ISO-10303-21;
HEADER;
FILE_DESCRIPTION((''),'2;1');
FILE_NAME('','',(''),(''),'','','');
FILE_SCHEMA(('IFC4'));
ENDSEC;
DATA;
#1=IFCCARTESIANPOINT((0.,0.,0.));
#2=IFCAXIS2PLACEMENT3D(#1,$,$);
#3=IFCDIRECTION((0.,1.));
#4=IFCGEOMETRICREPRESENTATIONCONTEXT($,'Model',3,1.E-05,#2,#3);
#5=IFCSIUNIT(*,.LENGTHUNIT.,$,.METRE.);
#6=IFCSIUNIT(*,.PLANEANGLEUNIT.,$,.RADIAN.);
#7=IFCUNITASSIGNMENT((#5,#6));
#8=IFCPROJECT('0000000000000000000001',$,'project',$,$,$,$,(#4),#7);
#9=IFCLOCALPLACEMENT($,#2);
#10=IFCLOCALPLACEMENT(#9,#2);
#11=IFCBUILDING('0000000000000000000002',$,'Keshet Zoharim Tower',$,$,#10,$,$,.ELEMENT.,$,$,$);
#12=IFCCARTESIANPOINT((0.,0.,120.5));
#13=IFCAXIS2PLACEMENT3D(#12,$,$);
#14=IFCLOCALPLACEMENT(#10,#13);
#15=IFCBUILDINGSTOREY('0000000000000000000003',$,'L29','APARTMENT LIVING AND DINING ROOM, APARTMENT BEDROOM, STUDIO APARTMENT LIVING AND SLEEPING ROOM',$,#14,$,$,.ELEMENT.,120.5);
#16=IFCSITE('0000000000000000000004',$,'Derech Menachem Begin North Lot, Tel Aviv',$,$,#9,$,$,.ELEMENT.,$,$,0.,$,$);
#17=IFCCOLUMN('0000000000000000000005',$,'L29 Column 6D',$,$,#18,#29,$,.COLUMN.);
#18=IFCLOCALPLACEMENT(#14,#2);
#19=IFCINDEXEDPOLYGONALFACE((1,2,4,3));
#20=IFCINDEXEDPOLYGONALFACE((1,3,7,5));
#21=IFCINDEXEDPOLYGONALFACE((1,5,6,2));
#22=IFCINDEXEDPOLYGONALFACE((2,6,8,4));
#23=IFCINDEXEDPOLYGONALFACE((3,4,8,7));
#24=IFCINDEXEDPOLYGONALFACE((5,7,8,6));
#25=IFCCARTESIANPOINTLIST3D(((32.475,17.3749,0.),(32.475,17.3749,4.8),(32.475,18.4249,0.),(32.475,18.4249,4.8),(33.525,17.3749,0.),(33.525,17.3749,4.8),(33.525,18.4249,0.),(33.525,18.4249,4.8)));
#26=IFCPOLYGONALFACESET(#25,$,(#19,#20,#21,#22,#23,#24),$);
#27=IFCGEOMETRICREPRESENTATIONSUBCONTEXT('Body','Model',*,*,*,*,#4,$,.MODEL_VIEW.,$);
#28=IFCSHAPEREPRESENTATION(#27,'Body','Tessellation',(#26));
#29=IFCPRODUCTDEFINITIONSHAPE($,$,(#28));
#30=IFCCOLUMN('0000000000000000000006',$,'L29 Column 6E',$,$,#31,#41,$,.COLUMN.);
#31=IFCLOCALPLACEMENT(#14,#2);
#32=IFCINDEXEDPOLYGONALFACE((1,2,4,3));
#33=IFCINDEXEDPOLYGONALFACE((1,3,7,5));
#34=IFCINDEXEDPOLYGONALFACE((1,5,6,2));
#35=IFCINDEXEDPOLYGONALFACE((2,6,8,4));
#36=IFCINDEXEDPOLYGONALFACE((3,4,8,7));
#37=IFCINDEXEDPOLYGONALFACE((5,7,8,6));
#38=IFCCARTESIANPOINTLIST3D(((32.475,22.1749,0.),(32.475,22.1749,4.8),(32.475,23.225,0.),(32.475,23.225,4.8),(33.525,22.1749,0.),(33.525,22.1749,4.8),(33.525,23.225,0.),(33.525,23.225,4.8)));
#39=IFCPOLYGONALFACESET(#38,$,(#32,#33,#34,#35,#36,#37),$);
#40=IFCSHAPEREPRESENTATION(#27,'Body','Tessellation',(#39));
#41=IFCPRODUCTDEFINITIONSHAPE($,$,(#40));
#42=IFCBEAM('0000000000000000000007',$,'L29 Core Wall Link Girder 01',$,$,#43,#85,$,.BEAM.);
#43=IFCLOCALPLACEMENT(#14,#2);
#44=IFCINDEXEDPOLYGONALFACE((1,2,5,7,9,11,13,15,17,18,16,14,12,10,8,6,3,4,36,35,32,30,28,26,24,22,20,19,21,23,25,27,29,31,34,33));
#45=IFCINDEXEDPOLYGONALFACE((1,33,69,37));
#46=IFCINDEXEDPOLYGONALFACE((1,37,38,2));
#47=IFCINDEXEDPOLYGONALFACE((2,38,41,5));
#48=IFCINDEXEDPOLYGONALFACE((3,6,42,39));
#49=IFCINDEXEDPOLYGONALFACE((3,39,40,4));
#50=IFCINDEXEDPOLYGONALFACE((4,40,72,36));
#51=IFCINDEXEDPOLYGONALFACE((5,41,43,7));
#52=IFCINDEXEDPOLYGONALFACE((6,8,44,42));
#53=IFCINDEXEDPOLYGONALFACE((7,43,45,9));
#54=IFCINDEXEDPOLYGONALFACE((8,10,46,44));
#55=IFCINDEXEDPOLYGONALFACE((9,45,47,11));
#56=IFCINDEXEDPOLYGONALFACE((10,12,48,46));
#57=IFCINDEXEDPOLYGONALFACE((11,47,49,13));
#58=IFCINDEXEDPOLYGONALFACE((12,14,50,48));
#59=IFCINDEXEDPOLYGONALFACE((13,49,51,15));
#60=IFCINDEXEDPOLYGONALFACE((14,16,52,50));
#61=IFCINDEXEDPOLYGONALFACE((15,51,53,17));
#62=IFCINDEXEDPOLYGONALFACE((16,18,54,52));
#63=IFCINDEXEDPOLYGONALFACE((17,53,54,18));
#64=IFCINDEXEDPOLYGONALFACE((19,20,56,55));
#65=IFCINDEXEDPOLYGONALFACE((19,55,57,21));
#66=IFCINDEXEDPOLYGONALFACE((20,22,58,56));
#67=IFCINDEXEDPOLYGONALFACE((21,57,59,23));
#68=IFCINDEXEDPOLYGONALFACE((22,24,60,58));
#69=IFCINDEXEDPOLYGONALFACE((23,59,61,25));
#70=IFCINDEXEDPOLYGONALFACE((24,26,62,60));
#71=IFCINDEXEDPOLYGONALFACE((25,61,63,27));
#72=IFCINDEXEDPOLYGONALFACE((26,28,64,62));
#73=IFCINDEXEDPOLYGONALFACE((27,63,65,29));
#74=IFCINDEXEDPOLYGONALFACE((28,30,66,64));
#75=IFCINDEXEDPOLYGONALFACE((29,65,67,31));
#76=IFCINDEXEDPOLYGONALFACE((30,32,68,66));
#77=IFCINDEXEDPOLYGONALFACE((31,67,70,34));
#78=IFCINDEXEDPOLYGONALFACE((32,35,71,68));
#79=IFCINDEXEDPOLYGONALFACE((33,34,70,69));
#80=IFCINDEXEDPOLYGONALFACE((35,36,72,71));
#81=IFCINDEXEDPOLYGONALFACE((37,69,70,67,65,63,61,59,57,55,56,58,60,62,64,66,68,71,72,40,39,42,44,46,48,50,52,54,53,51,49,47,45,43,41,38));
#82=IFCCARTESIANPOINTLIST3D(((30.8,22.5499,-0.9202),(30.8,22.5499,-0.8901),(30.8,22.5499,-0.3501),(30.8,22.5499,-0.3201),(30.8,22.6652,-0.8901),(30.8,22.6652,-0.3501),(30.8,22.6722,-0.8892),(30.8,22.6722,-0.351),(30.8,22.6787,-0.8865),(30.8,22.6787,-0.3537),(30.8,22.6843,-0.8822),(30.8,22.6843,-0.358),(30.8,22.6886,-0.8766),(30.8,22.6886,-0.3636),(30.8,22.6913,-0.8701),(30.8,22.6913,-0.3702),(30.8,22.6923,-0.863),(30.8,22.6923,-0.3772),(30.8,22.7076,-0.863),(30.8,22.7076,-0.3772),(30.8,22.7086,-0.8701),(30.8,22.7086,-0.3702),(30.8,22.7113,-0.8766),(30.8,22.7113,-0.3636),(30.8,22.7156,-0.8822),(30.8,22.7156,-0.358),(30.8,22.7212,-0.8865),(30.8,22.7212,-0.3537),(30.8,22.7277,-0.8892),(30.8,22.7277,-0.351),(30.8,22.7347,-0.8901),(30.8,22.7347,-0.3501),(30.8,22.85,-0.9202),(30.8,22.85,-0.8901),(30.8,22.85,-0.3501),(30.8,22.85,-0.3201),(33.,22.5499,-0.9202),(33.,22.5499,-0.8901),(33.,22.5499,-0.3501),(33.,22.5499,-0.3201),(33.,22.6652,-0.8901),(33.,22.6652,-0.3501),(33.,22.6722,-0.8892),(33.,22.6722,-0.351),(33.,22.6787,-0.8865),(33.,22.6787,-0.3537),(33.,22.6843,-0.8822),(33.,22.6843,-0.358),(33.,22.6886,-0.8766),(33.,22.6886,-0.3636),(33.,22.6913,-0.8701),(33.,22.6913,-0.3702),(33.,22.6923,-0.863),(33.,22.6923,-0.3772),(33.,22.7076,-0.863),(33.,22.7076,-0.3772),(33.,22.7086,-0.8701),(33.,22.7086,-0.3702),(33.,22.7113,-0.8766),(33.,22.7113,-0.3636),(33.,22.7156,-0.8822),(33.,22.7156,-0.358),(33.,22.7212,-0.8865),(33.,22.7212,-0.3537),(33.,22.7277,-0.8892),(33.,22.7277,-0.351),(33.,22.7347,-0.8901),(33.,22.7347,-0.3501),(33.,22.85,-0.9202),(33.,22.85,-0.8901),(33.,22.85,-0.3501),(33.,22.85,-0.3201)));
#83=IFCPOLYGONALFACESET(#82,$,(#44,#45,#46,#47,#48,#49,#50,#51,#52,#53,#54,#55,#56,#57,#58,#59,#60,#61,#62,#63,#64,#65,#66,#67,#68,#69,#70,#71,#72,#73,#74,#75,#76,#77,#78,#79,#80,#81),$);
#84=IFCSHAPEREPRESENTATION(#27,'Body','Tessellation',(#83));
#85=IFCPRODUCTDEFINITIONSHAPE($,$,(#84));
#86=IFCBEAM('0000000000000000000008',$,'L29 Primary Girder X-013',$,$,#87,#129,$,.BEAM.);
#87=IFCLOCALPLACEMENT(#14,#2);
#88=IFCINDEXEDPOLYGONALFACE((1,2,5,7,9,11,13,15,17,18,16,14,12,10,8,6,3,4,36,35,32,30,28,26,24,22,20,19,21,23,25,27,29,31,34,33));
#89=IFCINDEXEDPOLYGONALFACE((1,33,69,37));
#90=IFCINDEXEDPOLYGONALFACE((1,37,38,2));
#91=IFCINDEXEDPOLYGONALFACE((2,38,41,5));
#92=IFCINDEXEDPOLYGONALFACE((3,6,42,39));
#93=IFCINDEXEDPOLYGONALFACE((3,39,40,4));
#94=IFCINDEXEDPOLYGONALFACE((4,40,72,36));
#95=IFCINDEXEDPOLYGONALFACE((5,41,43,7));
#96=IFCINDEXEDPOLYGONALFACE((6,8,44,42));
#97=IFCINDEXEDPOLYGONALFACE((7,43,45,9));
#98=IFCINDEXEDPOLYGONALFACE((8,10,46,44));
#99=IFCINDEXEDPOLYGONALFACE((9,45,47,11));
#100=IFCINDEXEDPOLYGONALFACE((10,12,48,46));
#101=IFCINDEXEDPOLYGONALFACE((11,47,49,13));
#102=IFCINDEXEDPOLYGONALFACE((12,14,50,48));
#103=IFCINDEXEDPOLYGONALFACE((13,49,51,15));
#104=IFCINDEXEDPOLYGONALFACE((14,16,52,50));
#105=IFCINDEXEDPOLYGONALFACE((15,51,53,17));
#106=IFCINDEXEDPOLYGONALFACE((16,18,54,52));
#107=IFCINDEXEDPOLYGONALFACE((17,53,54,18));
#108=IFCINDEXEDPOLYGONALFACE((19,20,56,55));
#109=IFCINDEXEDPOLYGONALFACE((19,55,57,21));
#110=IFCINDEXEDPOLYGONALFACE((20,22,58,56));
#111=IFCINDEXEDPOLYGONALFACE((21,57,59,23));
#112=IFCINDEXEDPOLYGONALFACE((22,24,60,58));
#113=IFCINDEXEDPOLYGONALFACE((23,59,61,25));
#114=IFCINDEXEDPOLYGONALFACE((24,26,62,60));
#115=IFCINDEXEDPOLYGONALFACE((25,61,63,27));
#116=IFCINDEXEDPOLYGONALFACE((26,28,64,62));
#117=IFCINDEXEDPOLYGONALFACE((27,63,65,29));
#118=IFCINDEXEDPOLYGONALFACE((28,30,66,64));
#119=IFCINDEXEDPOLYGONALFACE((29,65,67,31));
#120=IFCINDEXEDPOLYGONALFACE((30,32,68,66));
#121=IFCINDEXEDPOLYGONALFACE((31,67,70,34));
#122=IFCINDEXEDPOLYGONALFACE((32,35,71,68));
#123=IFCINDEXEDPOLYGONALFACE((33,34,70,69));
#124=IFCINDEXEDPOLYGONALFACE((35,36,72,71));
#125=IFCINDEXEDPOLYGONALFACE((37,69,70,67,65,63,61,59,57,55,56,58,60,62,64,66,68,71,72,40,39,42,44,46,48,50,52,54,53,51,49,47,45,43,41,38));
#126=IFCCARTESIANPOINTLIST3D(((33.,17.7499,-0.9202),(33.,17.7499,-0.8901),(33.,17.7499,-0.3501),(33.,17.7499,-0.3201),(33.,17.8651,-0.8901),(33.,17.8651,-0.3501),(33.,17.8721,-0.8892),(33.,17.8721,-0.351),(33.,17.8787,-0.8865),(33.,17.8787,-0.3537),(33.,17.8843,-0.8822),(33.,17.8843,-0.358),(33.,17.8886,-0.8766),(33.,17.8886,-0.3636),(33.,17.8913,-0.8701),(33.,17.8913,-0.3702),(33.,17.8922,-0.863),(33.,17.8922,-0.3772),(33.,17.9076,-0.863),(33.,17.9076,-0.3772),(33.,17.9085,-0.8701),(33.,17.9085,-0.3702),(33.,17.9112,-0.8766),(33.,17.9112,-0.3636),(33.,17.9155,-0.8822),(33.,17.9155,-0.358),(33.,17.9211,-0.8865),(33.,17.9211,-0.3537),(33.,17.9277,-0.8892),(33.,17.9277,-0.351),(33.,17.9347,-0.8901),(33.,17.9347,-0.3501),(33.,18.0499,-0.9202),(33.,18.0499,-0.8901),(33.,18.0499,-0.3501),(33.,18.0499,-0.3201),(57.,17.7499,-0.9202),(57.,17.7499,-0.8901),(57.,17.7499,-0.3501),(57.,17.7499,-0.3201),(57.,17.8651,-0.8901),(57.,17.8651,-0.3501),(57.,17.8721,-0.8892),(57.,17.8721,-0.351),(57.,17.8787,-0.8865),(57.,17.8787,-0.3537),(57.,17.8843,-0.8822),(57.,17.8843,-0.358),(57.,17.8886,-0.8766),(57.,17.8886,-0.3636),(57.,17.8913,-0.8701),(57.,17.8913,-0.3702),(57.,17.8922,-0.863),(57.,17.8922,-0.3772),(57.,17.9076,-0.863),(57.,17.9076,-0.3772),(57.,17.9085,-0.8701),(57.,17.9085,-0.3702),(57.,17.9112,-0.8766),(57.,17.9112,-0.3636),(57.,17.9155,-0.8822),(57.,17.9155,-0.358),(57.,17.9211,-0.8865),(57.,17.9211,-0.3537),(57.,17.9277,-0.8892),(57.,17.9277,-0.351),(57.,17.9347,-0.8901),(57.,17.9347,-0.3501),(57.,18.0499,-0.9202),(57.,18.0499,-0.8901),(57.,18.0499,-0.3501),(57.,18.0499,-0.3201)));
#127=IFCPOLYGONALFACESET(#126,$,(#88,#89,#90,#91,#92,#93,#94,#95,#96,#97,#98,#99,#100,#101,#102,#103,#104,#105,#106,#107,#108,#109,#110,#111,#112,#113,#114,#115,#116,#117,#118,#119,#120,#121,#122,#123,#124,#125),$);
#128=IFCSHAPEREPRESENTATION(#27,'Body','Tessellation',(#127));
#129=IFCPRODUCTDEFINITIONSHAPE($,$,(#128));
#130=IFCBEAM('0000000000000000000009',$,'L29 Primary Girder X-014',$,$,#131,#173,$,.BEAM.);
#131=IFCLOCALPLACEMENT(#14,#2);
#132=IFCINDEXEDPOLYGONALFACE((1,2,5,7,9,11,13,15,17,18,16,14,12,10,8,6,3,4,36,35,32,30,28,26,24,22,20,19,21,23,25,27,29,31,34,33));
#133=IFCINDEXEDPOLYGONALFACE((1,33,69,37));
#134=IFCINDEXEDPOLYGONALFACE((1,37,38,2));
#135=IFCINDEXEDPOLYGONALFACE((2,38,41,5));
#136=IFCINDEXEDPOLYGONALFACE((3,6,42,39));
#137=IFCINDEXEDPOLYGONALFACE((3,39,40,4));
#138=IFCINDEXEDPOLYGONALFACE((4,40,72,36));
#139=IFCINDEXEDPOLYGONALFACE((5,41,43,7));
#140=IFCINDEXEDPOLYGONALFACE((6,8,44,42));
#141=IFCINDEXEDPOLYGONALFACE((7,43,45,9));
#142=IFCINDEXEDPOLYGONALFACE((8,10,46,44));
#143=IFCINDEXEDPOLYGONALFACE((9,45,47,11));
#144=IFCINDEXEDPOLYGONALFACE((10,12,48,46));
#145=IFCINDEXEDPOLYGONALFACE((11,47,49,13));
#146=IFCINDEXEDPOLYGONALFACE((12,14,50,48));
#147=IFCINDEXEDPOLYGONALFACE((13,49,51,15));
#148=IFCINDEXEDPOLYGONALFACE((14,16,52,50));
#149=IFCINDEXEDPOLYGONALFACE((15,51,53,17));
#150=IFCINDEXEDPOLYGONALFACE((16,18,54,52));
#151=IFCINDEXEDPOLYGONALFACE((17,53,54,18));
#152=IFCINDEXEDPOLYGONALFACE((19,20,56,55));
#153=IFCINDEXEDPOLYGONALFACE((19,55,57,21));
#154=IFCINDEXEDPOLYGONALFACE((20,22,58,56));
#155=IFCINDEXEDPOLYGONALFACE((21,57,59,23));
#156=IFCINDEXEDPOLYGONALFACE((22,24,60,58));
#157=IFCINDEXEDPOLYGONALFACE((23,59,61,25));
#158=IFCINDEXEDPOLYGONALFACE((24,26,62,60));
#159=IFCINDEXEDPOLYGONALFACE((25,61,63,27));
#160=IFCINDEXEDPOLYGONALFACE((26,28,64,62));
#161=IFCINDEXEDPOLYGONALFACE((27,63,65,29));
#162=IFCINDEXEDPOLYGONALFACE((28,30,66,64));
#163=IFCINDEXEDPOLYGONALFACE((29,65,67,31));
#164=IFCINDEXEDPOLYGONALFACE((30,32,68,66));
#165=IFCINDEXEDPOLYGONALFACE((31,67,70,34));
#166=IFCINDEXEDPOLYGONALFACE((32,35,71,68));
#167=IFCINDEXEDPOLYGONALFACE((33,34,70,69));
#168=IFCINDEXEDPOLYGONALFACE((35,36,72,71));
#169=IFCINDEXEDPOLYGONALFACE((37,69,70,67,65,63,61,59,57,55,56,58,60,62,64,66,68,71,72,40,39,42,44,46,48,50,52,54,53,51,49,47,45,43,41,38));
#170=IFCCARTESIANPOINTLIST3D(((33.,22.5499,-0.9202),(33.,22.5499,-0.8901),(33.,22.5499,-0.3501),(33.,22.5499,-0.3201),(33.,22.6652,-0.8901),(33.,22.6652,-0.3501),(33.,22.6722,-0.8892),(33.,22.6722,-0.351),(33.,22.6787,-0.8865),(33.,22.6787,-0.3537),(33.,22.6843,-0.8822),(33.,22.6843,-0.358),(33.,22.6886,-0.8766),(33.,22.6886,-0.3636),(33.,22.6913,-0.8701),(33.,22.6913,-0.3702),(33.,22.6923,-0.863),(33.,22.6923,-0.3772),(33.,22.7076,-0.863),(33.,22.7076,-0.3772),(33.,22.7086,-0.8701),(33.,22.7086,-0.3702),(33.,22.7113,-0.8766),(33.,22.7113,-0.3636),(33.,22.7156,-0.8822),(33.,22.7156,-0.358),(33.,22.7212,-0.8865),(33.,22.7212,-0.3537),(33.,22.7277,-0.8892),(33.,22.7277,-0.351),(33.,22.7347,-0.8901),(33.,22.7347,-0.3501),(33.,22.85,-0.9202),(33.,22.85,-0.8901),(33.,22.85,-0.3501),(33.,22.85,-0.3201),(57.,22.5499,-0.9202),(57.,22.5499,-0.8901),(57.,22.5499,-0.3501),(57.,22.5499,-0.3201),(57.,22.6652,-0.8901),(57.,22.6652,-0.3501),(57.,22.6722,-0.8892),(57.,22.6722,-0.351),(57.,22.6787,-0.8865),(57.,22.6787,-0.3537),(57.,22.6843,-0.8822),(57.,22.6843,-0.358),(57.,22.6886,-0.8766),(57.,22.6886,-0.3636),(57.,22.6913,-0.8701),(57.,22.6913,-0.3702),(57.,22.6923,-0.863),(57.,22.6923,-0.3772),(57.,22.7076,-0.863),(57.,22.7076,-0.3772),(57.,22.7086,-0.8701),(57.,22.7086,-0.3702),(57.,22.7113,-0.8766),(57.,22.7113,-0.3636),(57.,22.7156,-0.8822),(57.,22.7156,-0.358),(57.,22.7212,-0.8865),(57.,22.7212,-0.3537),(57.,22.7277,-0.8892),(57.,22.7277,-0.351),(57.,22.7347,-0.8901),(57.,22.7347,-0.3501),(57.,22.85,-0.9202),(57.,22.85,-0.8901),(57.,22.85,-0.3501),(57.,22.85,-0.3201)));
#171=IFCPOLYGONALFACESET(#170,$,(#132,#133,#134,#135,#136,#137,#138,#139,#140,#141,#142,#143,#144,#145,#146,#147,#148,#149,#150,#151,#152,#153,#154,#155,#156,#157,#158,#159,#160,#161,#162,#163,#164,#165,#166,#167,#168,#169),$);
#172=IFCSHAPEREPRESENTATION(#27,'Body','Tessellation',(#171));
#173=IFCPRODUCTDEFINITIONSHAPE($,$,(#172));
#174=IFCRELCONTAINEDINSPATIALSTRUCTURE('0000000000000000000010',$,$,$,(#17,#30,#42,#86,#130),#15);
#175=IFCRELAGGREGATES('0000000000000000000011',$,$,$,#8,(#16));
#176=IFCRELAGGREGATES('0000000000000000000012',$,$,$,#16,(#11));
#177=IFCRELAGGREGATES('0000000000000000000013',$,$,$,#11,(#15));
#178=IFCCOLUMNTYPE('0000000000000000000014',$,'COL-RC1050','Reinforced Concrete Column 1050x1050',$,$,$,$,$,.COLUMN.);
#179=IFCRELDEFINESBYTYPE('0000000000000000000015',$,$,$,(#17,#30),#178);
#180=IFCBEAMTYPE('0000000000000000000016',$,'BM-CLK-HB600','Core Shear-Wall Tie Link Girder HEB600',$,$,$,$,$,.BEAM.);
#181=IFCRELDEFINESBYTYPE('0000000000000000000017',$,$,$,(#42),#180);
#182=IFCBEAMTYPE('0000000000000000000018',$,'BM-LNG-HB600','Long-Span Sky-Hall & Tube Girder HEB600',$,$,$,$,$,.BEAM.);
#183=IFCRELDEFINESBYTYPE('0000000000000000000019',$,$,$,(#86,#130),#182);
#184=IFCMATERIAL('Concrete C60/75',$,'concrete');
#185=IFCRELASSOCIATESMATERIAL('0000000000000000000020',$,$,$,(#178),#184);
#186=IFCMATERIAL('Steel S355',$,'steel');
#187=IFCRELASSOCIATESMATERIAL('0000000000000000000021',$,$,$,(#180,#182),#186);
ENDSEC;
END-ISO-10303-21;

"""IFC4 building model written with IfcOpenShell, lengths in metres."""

from ifc_helpers import new_model, si_unit, direction, frame, origin, origin_2d, place, context, subcontext, project, spatial, rectangle, i_section, extrude, material, material_profile, profile_set, type_object, element, save


model = new_model("IFC4")

# Units and contexts
model_context = context("Model", 3, precision=1e-05, world=origin(), true_north=direction((0.0, 1.0)))
body_context = subcontext(model_context, "Body", "Model", "MODEL_VIEW")
ifc_project = project(units=[si_unit("LENGTHUNIT", "METRE"), si_unit("PLANEANGLEUNIT", "RADIAN")], contexts=[model_context])

# Site, building, storey
site_placement = place(None, origin())
site = spatial("IfcSite", under=ifc_project, at=site_placement, Name="Derech Menachem Begin North Lot, Tel Aviv", CompositionType="ELEMENT", RefElevation=0.0)
building_placement = place(site_placement, origin())
building = spatial("IfcBuilding", under=site, at=building_placement, Name="Keshet Zoharim Tower", CompositionType="ELEMENT")
storey_placement = place(building_placement, frame((0.0, 0.0, 120.5)))
storey = spatial("IfcBuildingStorey", under=building, at=storey_placement, Name="L29", Description="APARTMENT LIVING AND DINING ROOM, APARTMENT BEDROOM, STUDIO APARTMENT LIVING AND SLEEPING ROOM", CompositionType="ELEMENT", Elevation=120.5)

# Columns
ifc_material_1 = material(Name="Concrete C60/75", Category="concrete")
ifc_material_profile_1 = material_profile(ifc_material_1, rectangle(XDim=1.05, YDim=1.05, at=origin_2d()), Name="RC1050x1050")
ifc_profile_set_1 = profile_set([ifc_material_profile_1], Name="Concrete C60/75")
column_type = type_object("IfcColumnType", Name="COL-RC1050", Description="Reinforced Concrete Column 1050x1050", PredefinedType="COLUMN", material=ifc_profile_set_1)
for number, where, z_axis, x_axis, name in (
    (1, (33.0, 17.8999, 0.0), (0.0, 0.0, 1.0), (1.0, 0.0, 0.0), "L29 Column 6D"),
    (2, (33.0, 22.7, 0.0), (0.0, 0.0, 1.0), (1.0, 0.0, 0.0), "L29 Column 6E"),
):
    element("IfcColumn", number, at=place(storey_placement, frame(where, z_axis=z_axis, x_axis=x_axis)), inside=storey, type_object=column_type, Name=name, PredefinedType="COLUMN", context=body_context, shape_type="SweptSolid", body=[
        extrude(rectangle(XDim=1.05, YDim=1.05, at=origin_2d()), origin(), (0.0, 0.0, 1.0), 4.8),
    ])

# Beams
ifc_material_2 = material(Name="Steel S355", Category="steel")
ifc_material_profile_2 = material_profile(ifc_material_2, i_section(OverallWidth=0.3, OverallDepth=0.6001, WebThickness=0.0154, FlangeThickness=0.03, FilletRadius=0.0271, at=origin_2d()), Name="HEB600")
ifc_profile_set_2 = profile_set([ifc_material_profile_2], Name="Steel S355")
beam_type_1 = type_object("IfcBeamType", Name="BM-CLK-HB600", Description="Core Shear-Wall Tie Link Girder HEB600", PredefinedType="BEAM", material=ifc_profile_set_2)
beam_1_placement = place(storey_placement, frame((30.8, 22.7, -0.6201), z_axis=(1.0, 0.0, 0.0), x_axis=(0.0, 1.0, 0.0)))
element("IfcBeam", 3, at=beam_1_placement, inside=storey, type_object=beam_type_1, Name="L29 Core Wall Link Girder 01", PredefinedType="BEAM", context=body_context, shape_type="SweptSolid", body=[
    extrude(i_section(OverallWidth=0.3, OverallDepth=0.6001, WebThickness=0.0154, FlangeThickness=0.03, FilletRadius=0.0271, at=origin_2d()), origin(), (0.0, 0.0, 1.0), 2.2),
])
ifc_material_profile_3 = material_profile(ifc_material_2, i_section(OverallWidth=0.3, OverallDepth=0.6001, WebThickness=0.0154, FlangeThickness=0.03, FilletRadius=0.0271, at=origin_2d()), Name="HEB600")
ifc_profile_set_3 = profile_set([ifc_material_profile_3], Name="Steel S355")
beam_type_2 = type_object("IfcBeamType", Name="BM-LNG-HB600", Description="Long-Span Sky-Hall & Tube Girder HEB600", PredefinedType="BEAM", material=ifc_profile_set_3)
for number, where, z_axis, x_axis, name in (
    (4, (33.0, 17.8999, -0.6201), (1.0, 0.0, 0.0), (0.0, 1.0, 0.0), "L29 Primary Girder X-013"),
    (5, (33.0, 22.7, -0.6201), (1.0, 0.0, 0.0), (0.0, 1.0, 0.0), "L29 Primary Girder X-014"),
):
    element("IfcBeam", number, at=place(storey_placement, frame(where, z_axis=z_axis, x_axis=x_axis)), inside=storey, type_object=beam_type_2, Name=name, PredefinedType="BEAM", context=body_context, shape_type="SweptSolid", body=[
        extrude(i_section(OverallWidth=0.3, OverallDepth=0.6001, WebThickness=0.0154, FlangeThickness=0.03, FilletRadius=0.0271, at=origin_2d()), origin(), (0.0, 0.0, 1.0), 24.0),
    ])

save(model, "model.ifc")
